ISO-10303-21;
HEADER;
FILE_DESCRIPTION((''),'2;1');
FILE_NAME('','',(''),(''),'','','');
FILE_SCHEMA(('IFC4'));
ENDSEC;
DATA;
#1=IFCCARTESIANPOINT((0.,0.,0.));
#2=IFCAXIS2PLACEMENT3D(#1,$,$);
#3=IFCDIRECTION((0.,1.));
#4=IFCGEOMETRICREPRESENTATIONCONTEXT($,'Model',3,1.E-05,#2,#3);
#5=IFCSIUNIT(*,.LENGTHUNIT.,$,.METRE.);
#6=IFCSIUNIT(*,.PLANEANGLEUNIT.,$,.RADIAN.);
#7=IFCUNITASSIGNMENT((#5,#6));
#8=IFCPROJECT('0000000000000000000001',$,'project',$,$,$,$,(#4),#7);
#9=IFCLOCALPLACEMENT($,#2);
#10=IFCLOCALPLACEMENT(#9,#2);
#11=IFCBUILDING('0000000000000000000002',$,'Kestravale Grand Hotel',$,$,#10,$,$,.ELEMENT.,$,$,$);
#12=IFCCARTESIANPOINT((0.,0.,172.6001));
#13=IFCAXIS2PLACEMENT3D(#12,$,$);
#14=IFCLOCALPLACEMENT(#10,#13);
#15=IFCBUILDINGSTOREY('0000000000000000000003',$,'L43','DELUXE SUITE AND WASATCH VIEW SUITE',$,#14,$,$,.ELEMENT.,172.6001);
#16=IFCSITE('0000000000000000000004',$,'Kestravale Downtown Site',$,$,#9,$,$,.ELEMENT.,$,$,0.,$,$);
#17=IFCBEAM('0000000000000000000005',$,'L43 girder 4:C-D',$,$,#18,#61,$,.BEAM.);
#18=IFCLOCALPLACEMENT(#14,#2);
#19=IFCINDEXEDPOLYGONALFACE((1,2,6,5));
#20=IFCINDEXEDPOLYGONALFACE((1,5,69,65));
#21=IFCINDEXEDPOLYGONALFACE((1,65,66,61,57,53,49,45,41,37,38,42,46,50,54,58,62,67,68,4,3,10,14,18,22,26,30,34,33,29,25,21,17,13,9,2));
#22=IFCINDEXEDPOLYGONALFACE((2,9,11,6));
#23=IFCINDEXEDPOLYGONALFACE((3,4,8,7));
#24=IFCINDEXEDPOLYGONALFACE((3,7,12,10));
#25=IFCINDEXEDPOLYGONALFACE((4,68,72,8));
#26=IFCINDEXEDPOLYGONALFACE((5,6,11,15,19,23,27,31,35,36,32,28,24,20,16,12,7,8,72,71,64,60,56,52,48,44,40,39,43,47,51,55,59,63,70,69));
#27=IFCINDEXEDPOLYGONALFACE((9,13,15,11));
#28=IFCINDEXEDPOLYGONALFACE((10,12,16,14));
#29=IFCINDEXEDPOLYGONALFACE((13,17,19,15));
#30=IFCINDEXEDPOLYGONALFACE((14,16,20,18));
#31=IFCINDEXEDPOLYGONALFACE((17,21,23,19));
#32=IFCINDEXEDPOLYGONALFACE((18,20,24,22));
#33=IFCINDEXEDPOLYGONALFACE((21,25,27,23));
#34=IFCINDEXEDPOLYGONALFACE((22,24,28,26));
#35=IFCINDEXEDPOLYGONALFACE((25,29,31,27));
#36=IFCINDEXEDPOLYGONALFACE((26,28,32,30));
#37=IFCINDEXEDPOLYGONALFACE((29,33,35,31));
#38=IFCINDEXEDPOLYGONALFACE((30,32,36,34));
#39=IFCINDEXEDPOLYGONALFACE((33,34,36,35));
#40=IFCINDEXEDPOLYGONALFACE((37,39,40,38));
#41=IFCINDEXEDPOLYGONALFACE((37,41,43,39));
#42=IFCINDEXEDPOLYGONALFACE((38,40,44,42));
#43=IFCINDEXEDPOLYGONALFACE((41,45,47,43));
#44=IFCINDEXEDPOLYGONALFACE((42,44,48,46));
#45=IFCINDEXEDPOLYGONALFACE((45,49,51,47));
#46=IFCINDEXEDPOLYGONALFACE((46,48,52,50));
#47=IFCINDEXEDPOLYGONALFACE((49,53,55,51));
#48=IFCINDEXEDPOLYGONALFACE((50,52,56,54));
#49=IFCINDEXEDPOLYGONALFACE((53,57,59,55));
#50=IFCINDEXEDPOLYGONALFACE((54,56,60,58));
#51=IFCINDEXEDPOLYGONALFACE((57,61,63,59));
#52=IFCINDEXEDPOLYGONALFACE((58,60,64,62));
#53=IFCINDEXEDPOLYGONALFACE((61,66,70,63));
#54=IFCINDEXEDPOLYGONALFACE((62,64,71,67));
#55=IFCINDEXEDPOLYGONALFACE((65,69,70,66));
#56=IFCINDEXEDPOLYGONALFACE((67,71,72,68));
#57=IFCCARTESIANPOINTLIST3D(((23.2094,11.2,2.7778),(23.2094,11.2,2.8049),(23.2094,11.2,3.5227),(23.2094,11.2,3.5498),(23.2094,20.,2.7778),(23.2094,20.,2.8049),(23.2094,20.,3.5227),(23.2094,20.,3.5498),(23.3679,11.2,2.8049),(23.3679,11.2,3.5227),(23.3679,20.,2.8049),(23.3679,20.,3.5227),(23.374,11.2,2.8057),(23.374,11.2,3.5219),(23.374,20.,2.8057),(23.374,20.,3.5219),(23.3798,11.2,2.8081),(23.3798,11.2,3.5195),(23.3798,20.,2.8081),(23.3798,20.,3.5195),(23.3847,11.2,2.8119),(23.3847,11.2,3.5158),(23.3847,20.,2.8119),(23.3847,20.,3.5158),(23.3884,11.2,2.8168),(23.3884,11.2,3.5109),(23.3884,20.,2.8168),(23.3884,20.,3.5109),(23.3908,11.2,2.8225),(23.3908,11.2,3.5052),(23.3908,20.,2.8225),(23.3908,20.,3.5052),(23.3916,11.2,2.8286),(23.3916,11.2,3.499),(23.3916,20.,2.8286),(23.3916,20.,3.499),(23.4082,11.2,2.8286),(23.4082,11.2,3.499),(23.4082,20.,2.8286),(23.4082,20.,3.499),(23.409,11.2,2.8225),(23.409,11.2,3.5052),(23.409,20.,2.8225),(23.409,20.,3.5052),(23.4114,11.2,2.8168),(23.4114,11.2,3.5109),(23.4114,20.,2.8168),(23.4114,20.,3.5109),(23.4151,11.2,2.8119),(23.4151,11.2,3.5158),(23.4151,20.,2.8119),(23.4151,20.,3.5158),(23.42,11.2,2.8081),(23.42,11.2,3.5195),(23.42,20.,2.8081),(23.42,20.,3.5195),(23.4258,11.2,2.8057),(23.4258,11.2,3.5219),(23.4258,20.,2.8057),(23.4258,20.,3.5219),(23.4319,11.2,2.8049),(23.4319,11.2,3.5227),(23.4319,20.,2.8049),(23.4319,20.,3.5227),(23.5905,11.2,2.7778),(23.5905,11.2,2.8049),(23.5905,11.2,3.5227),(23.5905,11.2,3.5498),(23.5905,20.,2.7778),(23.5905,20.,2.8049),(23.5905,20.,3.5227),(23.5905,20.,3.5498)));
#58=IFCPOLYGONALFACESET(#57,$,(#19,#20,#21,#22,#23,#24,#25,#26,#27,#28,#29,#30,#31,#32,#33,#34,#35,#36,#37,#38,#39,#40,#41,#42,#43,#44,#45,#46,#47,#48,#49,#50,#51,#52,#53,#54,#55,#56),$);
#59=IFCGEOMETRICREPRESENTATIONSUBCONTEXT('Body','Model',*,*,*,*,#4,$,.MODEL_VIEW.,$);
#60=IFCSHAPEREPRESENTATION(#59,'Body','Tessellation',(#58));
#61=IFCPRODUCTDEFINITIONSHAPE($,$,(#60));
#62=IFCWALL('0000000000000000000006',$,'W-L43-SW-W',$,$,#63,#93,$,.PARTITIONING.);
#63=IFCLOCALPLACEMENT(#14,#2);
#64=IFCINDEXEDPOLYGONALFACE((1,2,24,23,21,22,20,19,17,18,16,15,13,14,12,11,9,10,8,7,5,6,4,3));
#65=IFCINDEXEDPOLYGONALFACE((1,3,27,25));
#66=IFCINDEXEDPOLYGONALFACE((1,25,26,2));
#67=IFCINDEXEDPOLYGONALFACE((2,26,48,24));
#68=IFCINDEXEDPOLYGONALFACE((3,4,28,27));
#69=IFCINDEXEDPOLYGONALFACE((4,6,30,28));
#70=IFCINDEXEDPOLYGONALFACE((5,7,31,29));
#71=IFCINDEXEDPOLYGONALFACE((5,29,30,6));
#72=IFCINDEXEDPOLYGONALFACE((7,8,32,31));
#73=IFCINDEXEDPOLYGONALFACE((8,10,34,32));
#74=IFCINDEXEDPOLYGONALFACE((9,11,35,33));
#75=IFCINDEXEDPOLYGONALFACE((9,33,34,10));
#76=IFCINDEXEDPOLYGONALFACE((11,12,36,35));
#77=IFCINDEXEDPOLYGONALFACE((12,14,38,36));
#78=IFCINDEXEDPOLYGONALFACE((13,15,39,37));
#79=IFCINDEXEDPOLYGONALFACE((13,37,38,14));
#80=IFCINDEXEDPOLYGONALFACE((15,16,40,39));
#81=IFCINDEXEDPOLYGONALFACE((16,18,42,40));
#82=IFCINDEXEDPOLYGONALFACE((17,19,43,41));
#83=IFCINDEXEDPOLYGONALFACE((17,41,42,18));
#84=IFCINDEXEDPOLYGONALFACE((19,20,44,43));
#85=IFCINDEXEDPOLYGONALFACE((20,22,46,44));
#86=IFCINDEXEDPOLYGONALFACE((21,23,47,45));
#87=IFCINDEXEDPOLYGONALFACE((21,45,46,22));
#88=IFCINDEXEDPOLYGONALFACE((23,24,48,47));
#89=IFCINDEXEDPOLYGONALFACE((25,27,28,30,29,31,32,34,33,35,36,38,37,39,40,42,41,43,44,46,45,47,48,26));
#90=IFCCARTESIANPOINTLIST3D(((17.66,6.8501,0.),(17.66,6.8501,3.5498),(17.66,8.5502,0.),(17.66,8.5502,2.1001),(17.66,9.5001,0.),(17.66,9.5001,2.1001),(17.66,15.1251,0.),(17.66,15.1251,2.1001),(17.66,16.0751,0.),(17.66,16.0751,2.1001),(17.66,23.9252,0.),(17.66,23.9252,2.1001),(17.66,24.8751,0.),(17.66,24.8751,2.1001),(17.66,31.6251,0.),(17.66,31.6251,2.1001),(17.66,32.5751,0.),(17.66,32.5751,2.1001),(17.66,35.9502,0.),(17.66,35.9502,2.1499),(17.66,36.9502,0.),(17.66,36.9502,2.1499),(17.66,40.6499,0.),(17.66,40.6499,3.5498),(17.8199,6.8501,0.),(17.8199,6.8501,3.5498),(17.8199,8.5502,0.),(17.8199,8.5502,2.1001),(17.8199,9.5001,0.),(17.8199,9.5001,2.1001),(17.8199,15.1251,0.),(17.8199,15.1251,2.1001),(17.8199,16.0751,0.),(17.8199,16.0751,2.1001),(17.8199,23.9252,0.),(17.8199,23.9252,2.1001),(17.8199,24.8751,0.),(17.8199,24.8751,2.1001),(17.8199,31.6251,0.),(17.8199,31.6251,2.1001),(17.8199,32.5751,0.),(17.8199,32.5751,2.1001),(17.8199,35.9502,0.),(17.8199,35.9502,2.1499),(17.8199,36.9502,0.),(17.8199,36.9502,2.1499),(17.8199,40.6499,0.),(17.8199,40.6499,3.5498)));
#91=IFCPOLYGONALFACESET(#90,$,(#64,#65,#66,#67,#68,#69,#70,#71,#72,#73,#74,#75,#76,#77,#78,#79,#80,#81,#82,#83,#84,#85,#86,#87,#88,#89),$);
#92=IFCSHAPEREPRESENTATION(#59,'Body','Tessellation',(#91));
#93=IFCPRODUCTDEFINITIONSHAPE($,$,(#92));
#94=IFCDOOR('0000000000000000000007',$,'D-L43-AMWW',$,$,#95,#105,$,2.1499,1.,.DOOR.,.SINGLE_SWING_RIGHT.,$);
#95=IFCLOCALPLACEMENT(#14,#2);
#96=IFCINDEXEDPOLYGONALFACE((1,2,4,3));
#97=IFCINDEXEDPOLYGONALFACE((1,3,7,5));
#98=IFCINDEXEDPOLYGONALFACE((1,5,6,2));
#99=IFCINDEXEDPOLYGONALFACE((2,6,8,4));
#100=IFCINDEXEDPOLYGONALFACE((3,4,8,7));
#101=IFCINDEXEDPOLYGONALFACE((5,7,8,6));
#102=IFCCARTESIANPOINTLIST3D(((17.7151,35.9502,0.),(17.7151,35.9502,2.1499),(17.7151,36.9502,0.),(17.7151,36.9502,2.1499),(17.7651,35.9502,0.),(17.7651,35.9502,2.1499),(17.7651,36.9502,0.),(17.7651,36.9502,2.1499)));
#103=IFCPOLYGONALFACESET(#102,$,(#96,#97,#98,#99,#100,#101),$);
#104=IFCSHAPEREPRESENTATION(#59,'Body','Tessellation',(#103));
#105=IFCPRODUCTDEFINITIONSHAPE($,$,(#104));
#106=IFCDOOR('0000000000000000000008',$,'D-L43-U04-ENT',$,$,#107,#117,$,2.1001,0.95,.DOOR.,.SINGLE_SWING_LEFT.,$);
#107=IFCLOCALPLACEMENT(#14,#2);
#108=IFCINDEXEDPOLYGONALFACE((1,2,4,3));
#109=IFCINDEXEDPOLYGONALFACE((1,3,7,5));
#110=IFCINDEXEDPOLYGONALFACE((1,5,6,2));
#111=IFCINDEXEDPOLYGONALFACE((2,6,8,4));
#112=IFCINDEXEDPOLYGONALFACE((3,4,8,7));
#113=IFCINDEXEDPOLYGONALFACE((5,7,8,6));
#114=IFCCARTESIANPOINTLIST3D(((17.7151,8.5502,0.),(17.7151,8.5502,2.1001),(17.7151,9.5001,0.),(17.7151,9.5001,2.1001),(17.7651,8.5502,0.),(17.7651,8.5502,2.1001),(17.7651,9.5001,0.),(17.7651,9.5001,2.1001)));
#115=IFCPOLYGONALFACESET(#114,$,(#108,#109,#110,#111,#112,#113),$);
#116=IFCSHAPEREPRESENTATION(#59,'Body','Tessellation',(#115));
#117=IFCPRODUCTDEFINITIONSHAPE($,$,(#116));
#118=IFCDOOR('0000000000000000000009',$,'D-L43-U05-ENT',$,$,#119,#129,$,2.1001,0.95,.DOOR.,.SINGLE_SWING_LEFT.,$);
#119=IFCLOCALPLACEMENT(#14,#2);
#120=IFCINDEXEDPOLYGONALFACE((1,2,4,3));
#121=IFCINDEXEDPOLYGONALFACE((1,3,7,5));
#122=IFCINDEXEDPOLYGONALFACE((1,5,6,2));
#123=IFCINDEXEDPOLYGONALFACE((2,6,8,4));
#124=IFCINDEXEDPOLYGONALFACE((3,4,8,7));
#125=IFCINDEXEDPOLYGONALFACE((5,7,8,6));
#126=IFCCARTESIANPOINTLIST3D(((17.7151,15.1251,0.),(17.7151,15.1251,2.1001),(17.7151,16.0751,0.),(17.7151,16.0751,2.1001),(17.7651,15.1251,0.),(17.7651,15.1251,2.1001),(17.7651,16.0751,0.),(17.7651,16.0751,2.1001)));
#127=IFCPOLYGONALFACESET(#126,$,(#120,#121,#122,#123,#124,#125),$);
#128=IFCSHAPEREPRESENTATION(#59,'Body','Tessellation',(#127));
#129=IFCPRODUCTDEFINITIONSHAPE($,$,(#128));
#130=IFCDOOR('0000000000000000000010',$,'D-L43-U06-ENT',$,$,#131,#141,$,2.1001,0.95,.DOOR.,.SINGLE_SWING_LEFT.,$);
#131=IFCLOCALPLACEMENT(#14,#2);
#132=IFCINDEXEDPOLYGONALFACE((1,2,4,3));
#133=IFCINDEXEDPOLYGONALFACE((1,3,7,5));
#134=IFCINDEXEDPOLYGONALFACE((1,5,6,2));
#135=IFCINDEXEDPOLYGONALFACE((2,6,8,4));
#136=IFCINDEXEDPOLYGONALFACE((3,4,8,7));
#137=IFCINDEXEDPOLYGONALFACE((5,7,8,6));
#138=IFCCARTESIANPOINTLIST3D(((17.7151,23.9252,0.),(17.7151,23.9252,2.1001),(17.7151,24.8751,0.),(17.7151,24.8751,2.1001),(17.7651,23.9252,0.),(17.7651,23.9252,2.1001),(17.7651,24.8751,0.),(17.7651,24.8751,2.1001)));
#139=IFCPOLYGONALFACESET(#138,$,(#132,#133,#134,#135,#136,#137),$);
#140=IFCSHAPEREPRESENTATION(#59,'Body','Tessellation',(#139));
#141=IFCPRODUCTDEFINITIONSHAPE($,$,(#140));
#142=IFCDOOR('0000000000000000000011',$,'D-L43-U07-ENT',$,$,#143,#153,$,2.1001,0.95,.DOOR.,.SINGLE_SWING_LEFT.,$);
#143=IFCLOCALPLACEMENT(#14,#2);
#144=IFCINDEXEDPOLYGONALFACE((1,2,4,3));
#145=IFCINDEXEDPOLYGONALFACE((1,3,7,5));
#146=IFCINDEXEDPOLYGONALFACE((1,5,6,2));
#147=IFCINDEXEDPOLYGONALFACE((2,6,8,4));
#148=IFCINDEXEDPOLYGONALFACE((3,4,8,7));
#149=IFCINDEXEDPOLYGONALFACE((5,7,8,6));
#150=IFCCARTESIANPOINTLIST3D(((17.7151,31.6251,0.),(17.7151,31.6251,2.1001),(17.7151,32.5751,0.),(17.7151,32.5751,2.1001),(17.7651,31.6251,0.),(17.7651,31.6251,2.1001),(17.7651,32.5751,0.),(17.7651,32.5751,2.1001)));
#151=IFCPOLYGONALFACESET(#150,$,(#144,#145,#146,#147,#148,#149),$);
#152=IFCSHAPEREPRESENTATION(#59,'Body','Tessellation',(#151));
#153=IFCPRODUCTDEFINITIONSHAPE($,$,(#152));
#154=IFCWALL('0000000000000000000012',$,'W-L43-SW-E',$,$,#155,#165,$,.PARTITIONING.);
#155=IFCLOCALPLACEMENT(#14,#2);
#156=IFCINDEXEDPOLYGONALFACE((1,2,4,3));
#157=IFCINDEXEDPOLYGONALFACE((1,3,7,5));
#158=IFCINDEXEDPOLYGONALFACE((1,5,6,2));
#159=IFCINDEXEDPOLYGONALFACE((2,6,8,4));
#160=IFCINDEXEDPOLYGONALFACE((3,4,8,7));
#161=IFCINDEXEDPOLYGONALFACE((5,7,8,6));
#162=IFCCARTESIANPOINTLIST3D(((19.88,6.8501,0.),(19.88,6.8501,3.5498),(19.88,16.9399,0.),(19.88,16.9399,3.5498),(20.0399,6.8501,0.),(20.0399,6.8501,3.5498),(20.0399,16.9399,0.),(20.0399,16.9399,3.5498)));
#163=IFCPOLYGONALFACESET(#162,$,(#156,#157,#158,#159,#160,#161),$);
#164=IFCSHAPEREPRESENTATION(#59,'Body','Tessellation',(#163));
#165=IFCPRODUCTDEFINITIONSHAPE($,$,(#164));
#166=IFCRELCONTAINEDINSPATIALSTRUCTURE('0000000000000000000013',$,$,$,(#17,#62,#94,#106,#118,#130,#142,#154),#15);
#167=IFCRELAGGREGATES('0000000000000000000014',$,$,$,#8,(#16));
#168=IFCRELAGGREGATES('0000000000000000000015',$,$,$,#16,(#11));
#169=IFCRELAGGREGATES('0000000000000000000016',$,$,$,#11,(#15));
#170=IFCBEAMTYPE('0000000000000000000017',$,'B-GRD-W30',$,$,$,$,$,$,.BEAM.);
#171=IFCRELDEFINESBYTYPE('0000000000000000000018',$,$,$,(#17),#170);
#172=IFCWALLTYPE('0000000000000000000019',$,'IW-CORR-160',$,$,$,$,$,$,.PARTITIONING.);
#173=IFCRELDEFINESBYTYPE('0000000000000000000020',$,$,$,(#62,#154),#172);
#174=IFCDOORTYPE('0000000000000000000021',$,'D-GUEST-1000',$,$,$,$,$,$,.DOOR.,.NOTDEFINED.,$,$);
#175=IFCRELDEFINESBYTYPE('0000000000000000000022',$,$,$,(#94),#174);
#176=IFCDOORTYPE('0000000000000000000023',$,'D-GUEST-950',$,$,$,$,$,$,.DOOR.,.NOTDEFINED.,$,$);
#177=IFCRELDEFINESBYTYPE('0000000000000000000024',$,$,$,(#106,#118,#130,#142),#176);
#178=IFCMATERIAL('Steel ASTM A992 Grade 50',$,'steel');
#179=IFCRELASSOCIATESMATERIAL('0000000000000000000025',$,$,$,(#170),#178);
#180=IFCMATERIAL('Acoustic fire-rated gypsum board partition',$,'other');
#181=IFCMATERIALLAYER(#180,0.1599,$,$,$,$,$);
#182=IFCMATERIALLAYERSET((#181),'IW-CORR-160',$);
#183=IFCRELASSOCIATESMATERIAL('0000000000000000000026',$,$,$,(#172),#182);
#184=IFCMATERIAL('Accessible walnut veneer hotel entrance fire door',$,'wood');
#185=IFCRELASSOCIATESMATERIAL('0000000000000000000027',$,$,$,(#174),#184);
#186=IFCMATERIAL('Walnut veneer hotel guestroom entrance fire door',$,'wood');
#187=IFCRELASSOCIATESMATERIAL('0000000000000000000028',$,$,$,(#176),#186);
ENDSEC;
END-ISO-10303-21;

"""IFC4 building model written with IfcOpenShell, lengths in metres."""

from ifc_helpers import new_model, si_unit, direction, frame, frame_2d, origin, origin_2d, place, context, subcontext, project, spatial, rectangle, i_section, extrude, material, layer, layer_set, material_profile, profile_set, type_object, element, fill, save


model = new_model("IFC4")

# Units and contexts
model_context = context("Model", 3, precision=1e-05, world=origin(), true_north=direction((0.0, 1.0)))
body_context = subcontext(model_context, "Body", "Model", "MODEL_VIEW")
ifc_project = project(units=[si_unit("LENGTHUNIT", "METRE"), si_unit("PLANEANGLEUNIT", "RADIAN")], contexts=[model_context])

# Site, building, storey
site_placement = place(None, origin())
site = spatial("IfcSite", under=ifc_project, at=site_placement, Name="Kestravale Downtown Site", CompositionType="ELEMENT", RefElevation=0.0)
building_placement = place(site_placement, origin())
building = spatial("IfcBuilding", under=site, at=building_placement, Name="Kestravale Grand Hotel", CompositionType="ELEMENT")
storey_placement = place(building_placement, frame((0.0, 0.0, 172.6001)))
storey = spatial("IfcBuildingStorey", under=building, at=storey_placement, Name="L43", Description="DELUXE SUITE AND WASATCH VIEW SUITE", CompositionType="ELEMENT", Elevation=172.6001)

# Beam
ifc_material_1 = material(Name="Steel ASTM A992 Grade 50", Category="steel")
ifc_material_profile_1 = material_profile(ifc_material_1, i_section(OverallWidth=0.3811, OverallDepth=0.772, WebThickness=0.0166, FlangeThickness=0.0271, FilletRadius=0.0237, at=origin_2d()))
ifc_profile_set_1 = profile_set([ifc_material_profile_1], Name="Steel ASTM A992 Grade 50")
beam_type_1 = type_object("IfcBeamType", Name="B-GRD-W30", PredefinedType="BEAM", material=ifc_profile_set_1)
beam_1_placement = place(storey_placement, frame((23.3999, 11.2, 3.1638), z_axis=(0.0, 1.0, 0.0), x_axis=(-1.0, 0.0, 0.0)))
element("IfcBeam", 1, at=beam_1_placement, inside=storey, type_object=beam_type_1, Name="L43 girder 4:C-D", PredefinedType="BEAM", context=body_context, shape_type="SweptSolid", body=[
    extrude(i_section(OverallWidth=0.3811, OverallDepth=0.772, WebThickness=0.0166, FlangeThickness=0.0271, FilletRadius=0.0237, at=origin_2d()), origin(), (0.0, 0.0, 1.0), 8.8),
])

# Wall, openings, doors
ifc_material_2 = material(Name="Acoustic fire-rated gypsum board partition", Category="other")
ifc_layer_1 = layer(ifc_material_2, 0.1599)
ifc_layer_set_1 = layer_set([ifc_layer_1], Name="IW-CORR-160")
wall_type_1 = type_object("IfcWallType", Name="IW-CORR-160", PredefinedType="PARTITIONING", material=ifc_layer_set_1)
wall_1_placement = place(storey_placement, frame((17.74, 6.8501, 0.0), z_axis=(0.0, 0.0, 1.0), x_axis=(0.0, 1.0, 0.0)))
wall_1 = element("IfcWall", 2, at=wall_1_placement, inside=storey, type_object=wall_type_1, Name="W-L43-SW-W", PredefinedType="PARTITIONING", context=body_context, shape_type="SweptSolid", body=[
    extrude(rectangle(XDim=33.7998, YDim=0.1599, at=frame_2d((16.8999, 0.0))), origin(), (0.0, 0.0, 1.0), 3.5498),
])
opening_1_placement = place(wall_1_placement, frame((1.7, 0.0, 0.0)))
opening_1 = element("IfcOpeningElement", 3, at=opening_1_placement, cuts=wall_1, PredefinedType="OPENING", context=body_context, shape_type="SweptSolid", body=[
    extrude(rectangle(XDim=0.95, YDim=2.1001, at=frame_2d((0.4751, 1.05))), frame((0.0, 0.0898, 0.0), z_axis=(0.0, -1.0, 0.0), x_axis=(1.0, 0.0, 0.0)), (0.0, 0.0, 1.0), 0.1799),
])
opening_2_placement = place(wall_1_placement, frame((8.2749, 0.0, 0.0)))
opening_2 = element("IfcOpeningElement", 4, at=opening_2_placement, cuts=wall_1, PredefinedType="OPENING", context=body_context, shape_type="SweptSolid", body=[
    extrude(rectangle(XDim=0.95, YDim=2.1001, at=frame_2d((0.4751, 1.05))), frame((0.0, 0.0898, 0.0), z_axis=(0.0, -1.0, 0.0), x_axis=(1.0, 0.0, 0.0)), (0.0, 0.0, 1.0), 0.1799),
])
opening_3_placement = place(wall_1_placement, frame((17.075, 0.0, 0.0)))
opening_3 = element("IfcOpeningElement", 5, at=opening_3_placement, cuts=wall_1, PredefinedType="OPENING", context=body_context, shape_type="SweptSolid", body=[
    extrude(rectangle(XDim=0.95, YDim=2.1001, at=frame_2d((0.4751, 1.05))), frame((0.0, 0.0898, 0.0), z_axis=(0.0, -1.0, 0.0), x_axis=(1.0, 0.0, 0.0)), (0.0, 0.0, 1.0), 0.1799),
])
opening_4_placement = place(wall_1_placement, frame((24.7749, 0.0, 0.0)))
opening_4 = element("IfcOpeningElement", 6, at=opening_4_placement, cuts=wall_1, PredefinedType="OPENING", context=body_context, shape_type="SweptSolid", body=[
    extrude(rectangle(XDim=0.95, YDim=2.1001, at=frame_2d((0.4751, 1.05))), frame((0.0, 0.0898, 0.0), z_axis=(0.0, -1.0, 0.0), x_axis=(1.0, 0.0, 0.0)), (0.0, 0.0, 1.0), 0.1799),
])
opening_5_placement = place(wall_1_placement, frame((29.1001, 0.0, 0.0)))
opening_5 = element("IfcOpeningElement", 7, at=opening_5_placement, cuts=wall_1, PredefinedType="OPENING", context=body_context, shape_type="SweptSolid", body=[
    extrude(rectangle(XDim=1.0, YDim=2.1499, at=frame_2d((0.5, 1.075))), frame((0.0, 0.0898, 0.0), z_axis=(0.0, -1.0, 0.0), x_axis=(1.0, 0.0, 0.0)), (0.0, 0.0, 1.0), 0.1799),
])
ifc_material_3 = material(Name="Accessible walnut veneer hotel entrance fire door", Category="wood")
door_type_1 = type_object("IfcDoorType", Name="D-GUEST-1000", OperationType="NOTDEFINED", PredefinedType="DOOR", material=ifc_material_3)
door_1_placement = place(opening_5_placement, origin())
door_1 = element("IfcDoor", 8, at=door_1_placement, inside=storey, type_object=door_type_1, Name="D-L43-AMWW", OperationType="SINGLE_SWING_RIGHT", OverallHeight=2.1499, OverallWidth=1.0, PredefinedType="DOOR", context=body_context, shape_type="SweptSolid", body=[
    extrude(rectangle(XDim=1.0, YDim=2.1499, at=frame_2d((0.5, 1.075))), frame((0.0, 0.0249, 0.0), z_axis=(0.0, -1.0, 0.0), x_axis=(1.0, 0.0, 0.0)), (0.0, 0.0, 1.0), 0.05),
])
fill(opening_5, door_1)
ifc_material_4 = material(Name="Walnut veneer hotel guestroom entrance fire door", Category="wood")
door_type_2 = type_object("IfcDoorType", Name="D-GUEST-950", OperationType="NOTDEFINED", PredefinedType="DOOR", material=ifc_material_4)
door_2_placement = place(opening_1_placement, origin())
door_2 = element("IfcDoor", 9, at=door_2_placement, inside=storey, type_object=door_type_2, Name="D-L43-U04-ENT", OperationType="SINGLE_SWING_LEFT", OverallHeight=2.1001, OverallWidth=0.95, PredefinedType="DOOR", context=body_context, shape_type="SweptSolid", body=[
    extrude(rectangle(XDim=0.95, YDim=2.1001, at=frame_2d((0.4751, 1.05))), frame((0.0, 0.0249, 0.0), z_axis=(0.0, -1.0, 0.0), x_axis=(1.0, 0.0, 0.0)), (0.0, 0.0, 1.0), 0.05),
])
fill(opening_1, door_2)
door_3_placement = place(opening_2_placement, origin())
door_3 = element("IfcDoor", 10, at=door_3_placement, inside=storey, type_object=door_type_2, Name="D-L43-U05-ENT", OperationType="SINGLE_SWING_LEFT", OverallHeight=2.1001, OverallWidth=0.95, PredefinedType="DOOR", context=body_context, shape_type="SweptSolid", body=[
    extrude(rectangle(XDim=0.95, YDim=2.1001, at=frame_2d((0.4751, 1.05))), frame((0.0, 0.0249, 0.0), z_axis=(0.0, -1.0, 0.0), x_axis=(1.0, 0.0, 0.0)), (0.0, 0.0, 1.0), 0.05),
])
fill(opening_2, door_3)
door_4_placement = place(opening_3_placement, origin())
door_4 = element("IfcDoor", 11, at=door_4_placement, inside=storey, type_object=door_type_2, Name="D-L43-U06-ENT", OperationType="SINGLE_SWING_LEFT", OverallHeight=2.1001, OverallWidth=0.95, PredefinedType="DOOR", context=body_context, shape_type="SweptSolid", body=[
    extrude(rectangle(XDim=0.95, YDim=2.1001, at=frame_2d((0.4751, 1.05))), frame((0.0, 0.0249, 0.0), z_axis=(0.0, -1.0, 0.0), x_axis=(1.0, 0.0, 0.0)), (0.0, 0.0, 1.0), 0.05),
])
fill(opening_3, door_4)
door_5_placement = place(opening_4_placement, origin())
door_5 = element("IfcDoor", 12, at=door_5_placement, inside=storey, type_object=door_type_2, Name="D-L43-U07-ENT", OperationType="SINGLE_SWING_LEFT", OverallHeight=2.1001, OverallWidth=0.95, PredefinedType="DOOR", context=body_context, shape_type="SweptSolid", body=[
    extrude(rectangle(XDim=0.95, YDim=2.1001, at=frame_2d((0.4751, 1.05))), frame((0.0, 0.0249, 0.0), z_axis=(0.0, -1.0, 0.0), x_axis=(1.0, 0.0, 0.0)), (0.0, 0.0, 1.0), 0.05),
])
fill(opening_4, door_5)

# Wall
wall_2_placement = place(storey_placement, frame((19.96, 6.8501, 0.0), z_axis=(0.0, 0.0, 1.0), x_axis=(0.0, 1.0, 0.0)))
element("IfcWall", 13, at=wall_2_placement, inside=storey, type_object=wall_type_1, Name="W-L43-SW-E", PredefinedType="PARTITIONING", context=body_context, shape_type="SweptSolid", body=[
    extrude(rectangle(XDim=10.0898, YDim=0.1599, at=frame_2d((5.0449, 0.0))), origin(), (0.0, 0.0, 1.0), 3.5498),
])

save(model, "model.ifc")
